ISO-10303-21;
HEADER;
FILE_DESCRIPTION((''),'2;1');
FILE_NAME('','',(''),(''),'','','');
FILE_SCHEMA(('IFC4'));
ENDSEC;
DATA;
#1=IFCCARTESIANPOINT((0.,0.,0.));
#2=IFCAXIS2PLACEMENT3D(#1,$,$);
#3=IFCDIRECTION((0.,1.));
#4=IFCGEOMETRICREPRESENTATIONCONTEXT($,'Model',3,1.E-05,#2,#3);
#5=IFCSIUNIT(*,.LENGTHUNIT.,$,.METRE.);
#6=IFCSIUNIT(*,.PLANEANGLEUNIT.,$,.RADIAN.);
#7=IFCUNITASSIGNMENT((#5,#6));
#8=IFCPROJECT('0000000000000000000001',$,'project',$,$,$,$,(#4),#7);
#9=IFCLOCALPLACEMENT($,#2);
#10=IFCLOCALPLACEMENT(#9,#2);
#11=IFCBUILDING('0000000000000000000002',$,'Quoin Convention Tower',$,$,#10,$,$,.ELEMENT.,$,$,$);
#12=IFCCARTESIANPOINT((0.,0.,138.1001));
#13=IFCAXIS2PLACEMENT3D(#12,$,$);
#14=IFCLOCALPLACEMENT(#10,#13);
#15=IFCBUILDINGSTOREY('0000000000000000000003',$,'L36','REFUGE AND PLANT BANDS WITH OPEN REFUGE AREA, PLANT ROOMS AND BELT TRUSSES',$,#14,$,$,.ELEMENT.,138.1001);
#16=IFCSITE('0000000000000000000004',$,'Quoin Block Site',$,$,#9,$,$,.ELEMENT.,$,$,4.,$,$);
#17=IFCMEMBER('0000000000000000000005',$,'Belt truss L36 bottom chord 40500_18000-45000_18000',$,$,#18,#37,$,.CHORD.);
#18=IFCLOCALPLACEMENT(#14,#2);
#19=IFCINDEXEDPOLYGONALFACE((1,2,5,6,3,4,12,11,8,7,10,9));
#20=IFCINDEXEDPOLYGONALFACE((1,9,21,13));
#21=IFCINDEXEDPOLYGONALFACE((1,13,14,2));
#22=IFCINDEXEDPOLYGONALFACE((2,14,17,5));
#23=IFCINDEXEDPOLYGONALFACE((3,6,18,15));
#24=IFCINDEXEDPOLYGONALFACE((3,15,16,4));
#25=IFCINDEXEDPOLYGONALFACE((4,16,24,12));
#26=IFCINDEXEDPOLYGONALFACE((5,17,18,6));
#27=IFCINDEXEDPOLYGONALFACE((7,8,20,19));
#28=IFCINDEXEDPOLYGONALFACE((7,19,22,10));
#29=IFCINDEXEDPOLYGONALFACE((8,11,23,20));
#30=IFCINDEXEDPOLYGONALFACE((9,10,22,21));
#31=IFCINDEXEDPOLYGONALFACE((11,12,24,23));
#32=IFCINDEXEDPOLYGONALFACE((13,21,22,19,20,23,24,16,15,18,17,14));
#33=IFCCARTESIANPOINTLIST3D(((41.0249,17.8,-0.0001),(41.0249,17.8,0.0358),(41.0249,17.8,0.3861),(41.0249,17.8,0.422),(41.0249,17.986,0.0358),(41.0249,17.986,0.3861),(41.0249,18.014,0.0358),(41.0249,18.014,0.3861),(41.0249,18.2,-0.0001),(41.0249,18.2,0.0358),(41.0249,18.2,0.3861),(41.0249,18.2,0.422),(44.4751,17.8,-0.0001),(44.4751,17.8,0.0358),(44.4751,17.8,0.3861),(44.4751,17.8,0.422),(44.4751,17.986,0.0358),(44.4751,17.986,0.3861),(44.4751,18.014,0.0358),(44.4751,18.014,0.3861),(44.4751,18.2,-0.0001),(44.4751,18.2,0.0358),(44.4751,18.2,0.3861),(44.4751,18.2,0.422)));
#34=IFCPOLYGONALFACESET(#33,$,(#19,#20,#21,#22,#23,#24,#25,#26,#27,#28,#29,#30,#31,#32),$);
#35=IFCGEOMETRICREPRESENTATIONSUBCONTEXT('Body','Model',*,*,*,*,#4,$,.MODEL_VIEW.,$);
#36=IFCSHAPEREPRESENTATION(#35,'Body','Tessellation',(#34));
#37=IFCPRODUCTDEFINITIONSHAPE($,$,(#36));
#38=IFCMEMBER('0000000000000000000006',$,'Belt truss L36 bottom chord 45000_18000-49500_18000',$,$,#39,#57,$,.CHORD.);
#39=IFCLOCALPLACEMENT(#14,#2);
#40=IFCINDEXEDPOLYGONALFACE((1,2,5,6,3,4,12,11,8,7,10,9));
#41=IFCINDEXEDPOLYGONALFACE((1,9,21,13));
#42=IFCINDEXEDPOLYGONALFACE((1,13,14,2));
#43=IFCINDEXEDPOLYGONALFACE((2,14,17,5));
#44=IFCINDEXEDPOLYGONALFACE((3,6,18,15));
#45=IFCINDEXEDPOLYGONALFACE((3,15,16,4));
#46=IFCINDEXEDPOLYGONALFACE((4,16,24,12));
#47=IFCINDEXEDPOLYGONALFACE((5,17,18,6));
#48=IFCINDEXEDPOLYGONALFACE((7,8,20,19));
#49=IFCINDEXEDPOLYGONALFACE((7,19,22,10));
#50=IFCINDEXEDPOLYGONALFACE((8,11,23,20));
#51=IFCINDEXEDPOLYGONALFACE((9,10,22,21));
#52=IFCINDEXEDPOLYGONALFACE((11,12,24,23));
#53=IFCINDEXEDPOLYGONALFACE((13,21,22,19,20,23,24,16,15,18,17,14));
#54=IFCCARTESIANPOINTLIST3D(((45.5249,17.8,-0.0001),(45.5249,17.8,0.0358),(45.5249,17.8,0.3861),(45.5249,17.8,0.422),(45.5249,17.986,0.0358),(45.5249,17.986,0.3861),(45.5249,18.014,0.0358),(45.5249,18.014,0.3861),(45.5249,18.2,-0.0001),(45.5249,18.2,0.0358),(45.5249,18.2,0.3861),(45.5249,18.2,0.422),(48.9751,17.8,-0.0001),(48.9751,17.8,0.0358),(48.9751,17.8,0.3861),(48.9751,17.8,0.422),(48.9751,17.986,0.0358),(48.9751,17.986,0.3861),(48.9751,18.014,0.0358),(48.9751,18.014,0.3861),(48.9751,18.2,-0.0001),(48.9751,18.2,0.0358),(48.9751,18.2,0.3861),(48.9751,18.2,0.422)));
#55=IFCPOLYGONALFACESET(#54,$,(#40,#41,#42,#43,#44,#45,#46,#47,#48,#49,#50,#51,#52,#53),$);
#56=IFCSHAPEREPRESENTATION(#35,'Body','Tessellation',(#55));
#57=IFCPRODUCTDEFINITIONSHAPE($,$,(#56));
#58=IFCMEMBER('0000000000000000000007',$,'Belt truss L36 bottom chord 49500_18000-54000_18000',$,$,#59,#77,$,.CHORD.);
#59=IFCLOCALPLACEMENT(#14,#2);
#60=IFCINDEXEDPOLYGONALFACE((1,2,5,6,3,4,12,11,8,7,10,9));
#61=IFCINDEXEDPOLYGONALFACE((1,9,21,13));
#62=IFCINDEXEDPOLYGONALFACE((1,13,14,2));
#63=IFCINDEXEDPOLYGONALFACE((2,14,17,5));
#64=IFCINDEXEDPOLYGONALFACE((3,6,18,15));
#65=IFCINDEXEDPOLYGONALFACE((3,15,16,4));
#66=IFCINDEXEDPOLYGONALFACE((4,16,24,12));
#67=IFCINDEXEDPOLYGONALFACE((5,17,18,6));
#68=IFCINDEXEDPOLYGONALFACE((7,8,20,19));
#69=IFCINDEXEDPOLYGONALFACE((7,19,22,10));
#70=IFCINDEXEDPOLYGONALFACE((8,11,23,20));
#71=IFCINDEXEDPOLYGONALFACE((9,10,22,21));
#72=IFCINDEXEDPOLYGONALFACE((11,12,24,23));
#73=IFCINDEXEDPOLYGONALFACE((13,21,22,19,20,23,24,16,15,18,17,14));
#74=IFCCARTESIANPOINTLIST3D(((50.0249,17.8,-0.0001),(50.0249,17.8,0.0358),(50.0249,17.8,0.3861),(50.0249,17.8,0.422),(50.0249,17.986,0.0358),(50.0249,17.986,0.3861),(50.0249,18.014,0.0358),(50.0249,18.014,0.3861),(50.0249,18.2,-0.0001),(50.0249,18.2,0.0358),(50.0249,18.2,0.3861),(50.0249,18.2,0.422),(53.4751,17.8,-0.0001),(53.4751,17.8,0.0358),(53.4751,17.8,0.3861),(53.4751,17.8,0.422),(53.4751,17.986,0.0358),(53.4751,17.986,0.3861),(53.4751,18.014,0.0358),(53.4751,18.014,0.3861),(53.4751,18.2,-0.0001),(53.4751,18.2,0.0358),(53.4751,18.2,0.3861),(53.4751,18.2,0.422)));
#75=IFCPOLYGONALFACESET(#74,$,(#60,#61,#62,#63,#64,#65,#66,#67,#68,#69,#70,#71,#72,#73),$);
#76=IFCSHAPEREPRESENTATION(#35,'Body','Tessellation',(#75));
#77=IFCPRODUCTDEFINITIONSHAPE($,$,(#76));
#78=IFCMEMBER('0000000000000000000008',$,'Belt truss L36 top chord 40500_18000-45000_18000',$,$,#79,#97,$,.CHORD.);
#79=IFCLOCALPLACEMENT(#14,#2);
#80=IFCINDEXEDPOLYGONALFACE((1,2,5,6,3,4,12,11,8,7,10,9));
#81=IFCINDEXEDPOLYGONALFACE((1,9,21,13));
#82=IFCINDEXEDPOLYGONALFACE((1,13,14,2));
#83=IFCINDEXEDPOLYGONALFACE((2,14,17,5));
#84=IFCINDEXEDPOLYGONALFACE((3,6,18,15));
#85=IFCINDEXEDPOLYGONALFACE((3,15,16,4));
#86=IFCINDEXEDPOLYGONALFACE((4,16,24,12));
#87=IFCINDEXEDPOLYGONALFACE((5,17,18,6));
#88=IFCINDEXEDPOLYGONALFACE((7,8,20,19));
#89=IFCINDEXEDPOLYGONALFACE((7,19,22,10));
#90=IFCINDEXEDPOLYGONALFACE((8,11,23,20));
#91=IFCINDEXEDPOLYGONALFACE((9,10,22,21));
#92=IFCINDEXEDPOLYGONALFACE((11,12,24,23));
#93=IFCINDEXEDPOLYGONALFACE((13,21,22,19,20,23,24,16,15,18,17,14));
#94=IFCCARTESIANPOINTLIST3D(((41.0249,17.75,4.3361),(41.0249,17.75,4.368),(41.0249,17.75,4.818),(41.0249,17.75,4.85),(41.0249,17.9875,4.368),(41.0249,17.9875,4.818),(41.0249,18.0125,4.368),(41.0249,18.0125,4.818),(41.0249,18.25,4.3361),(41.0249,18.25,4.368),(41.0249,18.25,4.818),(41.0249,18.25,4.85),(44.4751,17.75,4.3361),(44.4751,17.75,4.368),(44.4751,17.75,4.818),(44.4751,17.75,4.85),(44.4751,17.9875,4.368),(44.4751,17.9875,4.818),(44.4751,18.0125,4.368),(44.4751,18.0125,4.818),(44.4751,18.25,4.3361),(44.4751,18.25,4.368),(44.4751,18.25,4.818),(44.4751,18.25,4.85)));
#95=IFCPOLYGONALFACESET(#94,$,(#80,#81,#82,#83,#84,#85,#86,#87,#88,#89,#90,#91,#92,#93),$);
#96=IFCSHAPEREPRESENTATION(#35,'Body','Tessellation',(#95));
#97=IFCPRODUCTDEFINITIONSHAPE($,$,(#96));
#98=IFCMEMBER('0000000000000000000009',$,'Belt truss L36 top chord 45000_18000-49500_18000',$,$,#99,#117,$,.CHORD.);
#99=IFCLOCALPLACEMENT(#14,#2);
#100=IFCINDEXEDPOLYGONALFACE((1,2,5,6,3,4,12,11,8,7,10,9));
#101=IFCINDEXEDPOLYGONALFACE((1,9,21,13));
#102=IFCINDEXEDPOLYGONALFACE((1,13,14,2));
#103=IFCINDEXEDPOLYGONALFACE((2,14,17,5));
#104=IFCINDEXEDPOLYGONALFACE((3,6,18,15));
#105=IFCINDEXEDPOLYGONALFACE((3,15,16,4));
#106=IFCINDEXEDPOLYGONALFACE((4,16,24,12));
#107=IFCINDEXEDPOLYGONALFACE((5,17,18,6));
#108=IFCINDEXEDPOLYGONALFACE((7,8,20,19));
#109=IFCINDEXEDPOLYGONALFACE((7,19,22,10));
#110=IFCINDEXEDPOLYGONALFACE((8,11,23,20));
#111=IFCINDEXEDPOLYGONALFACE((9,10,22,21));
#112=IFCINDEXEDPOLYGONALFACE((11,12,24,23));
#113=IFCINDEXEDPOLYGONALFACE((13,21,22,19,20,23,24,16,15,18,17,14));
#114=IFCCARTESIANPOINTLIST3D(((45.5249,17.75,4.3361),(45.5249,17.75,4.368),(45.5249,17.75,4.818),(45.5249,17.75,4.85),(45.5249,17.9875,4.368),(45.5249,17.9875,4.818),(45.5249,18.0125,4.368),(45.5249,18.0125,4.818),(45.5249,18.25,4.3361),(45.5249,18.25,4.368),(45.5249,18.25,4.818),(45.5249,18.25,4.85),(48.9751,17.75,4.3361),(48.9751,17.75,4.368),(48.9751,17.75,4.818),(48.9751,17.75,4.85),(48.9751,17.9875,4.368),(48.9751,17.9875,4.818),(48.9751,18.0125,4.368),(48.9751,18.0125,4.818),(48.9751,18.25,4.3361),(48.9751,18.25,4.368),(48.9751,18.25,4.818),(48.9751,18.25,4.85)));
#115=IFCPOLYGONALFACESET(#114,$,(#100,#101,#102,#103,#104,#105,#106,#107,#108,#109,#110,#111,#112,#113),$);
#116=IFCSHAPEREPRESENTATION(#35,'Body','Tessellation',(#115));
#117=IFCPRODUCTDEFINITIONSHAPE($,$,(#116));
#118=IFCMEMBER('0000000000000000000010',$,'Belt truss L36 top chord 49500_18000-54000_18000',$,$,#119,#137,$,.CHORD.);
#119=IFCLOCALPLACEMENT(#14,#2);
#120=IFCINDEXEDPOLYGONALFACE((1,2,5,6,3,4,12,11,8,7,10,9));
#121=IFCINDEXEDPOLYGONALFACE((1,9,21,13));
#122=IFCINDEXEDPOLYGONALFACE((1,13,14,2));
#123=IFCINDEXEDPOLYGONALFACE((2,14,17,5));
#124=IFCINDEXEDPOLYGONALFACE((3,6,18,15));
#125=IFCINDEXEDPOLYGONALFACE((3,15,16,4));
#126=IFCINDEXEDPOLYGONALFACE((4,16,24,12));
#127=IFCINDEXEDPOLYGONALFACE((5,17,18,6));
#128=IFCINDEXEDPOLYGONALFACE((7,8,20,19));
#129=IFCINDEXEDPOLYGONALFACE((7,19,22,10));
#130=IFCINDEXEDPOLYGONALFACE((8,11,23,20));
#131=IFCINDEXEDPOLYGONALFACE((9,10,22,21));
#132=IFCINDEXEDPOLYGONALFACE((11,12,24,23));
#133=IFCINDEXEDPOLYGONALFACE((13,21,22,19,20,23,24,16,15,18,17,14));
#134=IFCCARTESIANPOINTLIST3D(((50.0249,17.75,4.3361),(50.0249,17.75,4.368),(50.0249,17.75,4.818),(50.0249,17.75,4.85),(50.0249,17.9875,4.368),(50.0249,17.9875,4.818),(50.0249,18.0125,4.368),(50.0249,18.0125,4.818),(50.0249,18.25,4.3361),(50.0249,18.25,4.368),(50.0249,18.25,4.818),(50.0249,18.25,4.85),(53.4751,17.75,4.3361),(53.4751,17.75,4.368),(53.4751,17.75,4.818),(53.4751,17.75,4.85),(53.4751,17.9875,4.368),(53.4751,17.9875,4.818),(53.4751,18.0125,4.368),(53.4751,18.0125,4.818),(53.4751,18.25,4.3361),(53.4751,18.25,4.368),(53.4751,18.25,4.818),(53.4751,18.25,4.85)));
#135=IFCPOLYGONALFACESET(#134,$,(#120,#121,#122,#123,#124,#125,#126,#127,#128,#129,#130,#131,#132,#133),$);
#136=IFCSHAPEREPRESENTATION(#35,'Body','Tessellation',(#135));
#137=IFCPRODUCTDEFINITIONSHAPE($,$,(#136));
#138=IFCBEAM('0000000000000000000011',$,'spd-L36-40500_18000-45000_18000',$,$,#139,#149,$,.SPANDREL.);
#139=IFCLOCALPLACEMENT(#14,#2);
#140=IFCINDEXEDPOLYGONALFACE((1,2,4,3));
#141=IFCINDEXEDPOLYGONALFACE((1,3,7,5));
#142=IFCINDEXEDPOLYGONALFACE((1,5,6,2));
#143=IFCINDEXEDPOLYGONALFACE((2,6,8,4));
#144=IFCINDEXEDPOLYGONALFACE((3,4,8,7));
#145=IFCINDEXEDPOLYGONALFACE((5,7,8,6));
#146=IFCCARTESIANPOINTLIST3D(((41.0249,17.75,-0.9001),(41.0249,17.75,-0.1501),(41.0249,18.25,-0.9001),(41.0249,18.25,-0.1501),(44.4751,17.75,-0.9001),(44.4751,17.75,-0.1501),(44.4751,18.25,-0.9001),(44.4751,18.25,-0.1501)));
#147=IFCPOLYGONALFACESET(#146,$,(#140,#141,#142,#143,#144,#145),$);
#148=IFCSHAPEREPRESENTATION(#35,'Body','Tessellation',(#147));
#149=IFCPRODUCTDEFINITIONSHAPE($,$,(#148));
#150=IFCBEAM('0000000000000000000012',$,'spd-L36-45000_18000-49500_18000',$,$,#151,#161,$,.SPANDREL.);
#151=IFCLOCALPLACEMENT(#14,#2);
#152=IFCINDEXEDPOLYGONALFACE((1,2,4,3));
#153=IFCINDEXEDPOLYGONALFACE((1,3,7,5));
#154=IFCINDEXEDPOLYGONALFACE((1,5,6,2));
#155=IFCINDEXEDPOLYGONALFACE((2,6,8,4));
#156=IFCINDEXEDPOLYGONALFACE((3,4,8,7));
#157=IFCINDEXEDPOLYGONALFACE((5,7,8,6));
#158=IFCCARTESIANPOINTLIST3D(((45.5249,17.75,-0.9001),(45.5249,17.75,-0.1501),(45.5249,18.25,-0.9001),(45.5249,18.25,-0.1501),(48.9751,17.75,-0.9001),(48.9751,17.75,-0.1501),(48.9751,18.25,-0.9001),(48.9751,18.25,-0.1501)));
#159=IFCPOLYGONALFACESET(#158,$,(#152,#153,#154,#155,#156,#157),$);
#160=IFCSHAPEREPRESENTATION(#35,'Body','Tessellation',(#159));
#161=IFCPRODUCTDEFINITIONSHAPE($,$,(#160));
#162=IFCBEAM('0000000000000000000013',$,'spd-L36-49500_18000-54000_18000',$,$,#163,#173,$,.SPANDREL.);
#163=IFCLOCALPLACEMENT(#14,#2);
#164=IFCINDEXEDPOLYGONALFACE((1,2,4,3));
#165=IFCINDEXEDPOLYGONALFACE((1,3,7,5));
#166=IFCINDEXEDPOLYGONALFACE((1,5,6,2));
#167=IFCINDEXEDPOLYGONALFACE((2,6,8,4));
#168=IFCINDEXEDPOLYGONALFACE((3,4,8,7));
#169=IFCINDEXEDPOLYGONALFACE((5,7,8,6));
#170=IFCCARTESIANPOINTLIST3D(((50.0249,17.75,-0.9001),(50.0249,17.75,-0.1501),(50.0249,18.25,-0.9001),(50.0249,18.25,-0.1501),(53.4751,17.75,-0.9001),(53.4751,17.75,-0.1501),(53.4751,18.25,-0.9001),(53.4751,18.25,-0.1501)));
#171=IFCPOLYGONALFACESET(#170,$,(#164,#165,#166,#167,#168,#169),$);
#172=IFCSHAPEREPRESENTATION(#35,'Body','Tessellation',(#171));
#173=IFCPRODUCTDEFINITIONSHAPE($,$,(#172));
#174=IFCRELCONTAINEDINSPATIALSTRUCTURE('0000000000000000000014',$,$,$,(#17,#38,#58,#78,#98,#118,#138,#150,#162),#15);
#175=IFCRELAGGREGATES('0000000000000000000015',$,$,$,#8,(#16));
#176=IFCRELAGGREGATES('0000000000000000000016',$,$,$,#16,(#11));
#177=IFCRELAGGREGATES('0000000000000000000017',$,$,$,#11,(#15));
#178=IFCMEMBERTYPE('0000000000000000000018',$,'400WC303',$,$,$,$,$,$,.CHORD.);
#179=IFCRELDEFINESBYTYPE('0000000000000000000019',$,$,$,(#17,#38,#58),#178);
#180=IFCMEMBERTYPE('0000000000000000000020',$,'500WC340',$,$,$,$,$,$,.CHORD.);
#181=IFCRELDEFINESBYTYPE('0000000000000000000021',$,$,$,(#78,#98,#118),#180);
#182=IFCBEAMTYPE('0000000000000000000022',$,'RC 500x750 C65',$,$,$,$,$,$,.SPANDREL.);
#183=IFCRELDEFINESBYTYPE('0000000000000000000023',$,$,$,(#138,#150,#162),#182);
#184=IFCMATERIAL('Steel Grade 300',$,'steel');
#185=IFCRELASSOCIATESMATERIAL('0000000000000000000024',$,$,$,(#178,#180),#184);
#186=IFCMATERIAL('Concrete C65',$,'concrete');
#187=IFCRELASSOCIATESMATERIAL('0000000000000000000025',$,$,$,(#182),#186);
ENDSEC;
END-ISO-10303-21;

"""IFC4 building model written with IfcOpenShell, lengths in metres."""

from ifc_helpers import new_model, si_unit, direction, frame, origin, origin_2d, place, context, subcontext, project, spatial, rectangle, i_section, extrude, material, material_profile, profile_set, type_object, element, save


model = new_model("IFC4")

# Units and contexts
model_context = context("Model", 3, precision=1e-05, world=origin(), true_north=direction((0.0, 1.0)))
body_context = subcontext(model_context, "Body", "Model", "MODEL_VIEW")
ifc_project = project(units=[si_unit("LENGTHUNIT", "METRE"), si_unit("PLANEANGLEUNIT", "RADIAN")], contexts=[model_context])

# Site, building, storey
site_placement = place(None, origin())
site = spatial("IfcSite", under=ifc_project, at=site_placement, Name="Quoin Block Site", CompositionType="ELEMENT", RefElevation=4.0)
building_placement = place(site_placement, origin())
building = spatial("IfcBuilding", under=site, at=building_placement, Name="Quoin Convention Tower", CompositionType="ELEMENT")
storey_placement = place(building_placement, frame((0.0, 0.0, 138.1001)))
storey = spatial("IfcBuildingStorey", under=building, at=storey_placement, Name="L36", Description="REFUGE AND PLANT BANDS WITH OPEN REFUGE AREA, PLANT ROOMS AND BELT TRUSSES", CompositionType="ELEMENT", Elevation=138.1001)

# Shared definitions
ifc_material_1 = material(Name="Concrete C65", Category="concrete")

# Members
ifc_material_2 = material(Name="Steel Grade 300", Category="steel")
ifc_material_profile_1 = material_profile(ifc_material_2, i_section(OverallWidth=0.3999, OverallDepth=0.4221, WebThickness=0.0281, FlangeThickness=0.0359, at=origin_2d()), Name="400WC303")
ifc_profile_set_1 = profile_set([ifc_material_profile_1], Name="Steel Grade 300")
member_type_1 = type_object("IfcMemberType", Name="400WC303", PredefinedType="CHORD", material=ifc_profile_set_1)
for number, where, z_axis, x_axis, name in (
    (1, (41.0249, 18.0, 0.2109), (1.0, 0.0, 0.0), (0.0, 1.0, 0.0), "Belt truss L36 bottom chord 40500_18000-45000_18000"),
    (2, (45.5249, 18.0, 0.2109), (1.0, 0.0, 0.0), (0.0, 1.0, 0.0), "Belt truss L36 bottom chord 45000_18000-49500_18000"),
    (3, (50.0249, 18.0, 0.2109), (1.0, 0.0, 0.0), (0.0, 1.0, 0.0), "Belt truss L36 bottom chord 49500_18000-54000_18000"),
):
    element("IfcMember", number, at=place(storey_placement, frame(where, z_axis=z_axis, x_axis=x_axis)), inside=storey, type_object=member_type_1, Name=name, PredefinedType="CHORD", context=body_context, shape_type="SweptSolid", body=[
        extrude(i_section(OverallWidth=0.3999, OverallDepth=0.4221, WebThickness=0.0281, FlangeThickness=0.0359, at=origin_2d()), origin(), (0.0, 0.0, 1.0), 3.4502),
    ])
ifc_material_profile_2 = material_profile(ifc_material_2, i_section(OverallWidth=0.5, OverallDepth=0.5139, WebThickness=0.0249, FlangeThickness=0.032, at=origin_2d()), Name="500WC340")
ifc_profile_set_2 = profile_set([ifc_material_profile_2], Name="Steel Grade 300")
member_type_2 = type_object("IfcMemberType", Name="500WC340", PredefinedType="CHORD", material=ifc_profile_set_2)
for number, where, z_axis, x_axis, name in (
    (4, (41.0249, 18.0, 4.593), (1.0, 0.0, 0.0), (0.0, 1.0, 0.0), "Belt truss L36 top chord 40500_18000-45000_18000"),
    (5, (45.5249, 18.0, 4.593), (1.0, 0.0, 0.0), (0.0, 1.0, 0.0), "Belt truss L36 top chord 45000_18000-49500_18000"),
    (6, (50.0249, 18.0, 4.593), (1.0, 0.0, 0.0), (0.0, 1.0, 0.0), "Belt truss L36 top chord 49500_18000-54000_18000"),
):
    element("IfcMember", number, at=place(storey_placement, frame(where, z_axis=z_axis, x_axis=x_axis)), inside=storey, type_object=member_type_2, Name=name, PredefinedType="CHORD", context=body_context, shape_type="SweptSolid", body=[
        extrude(i_section(OverallWidth=0.5, OverallDepth=0.5139, WebThickness=0.0249, FlangeThickness=0.032, at=origin_2d()), origin(), (0.0, 0.0, 1.0), 3.4502),
    ])

# Beams
ifc_material_profile_3 = material_profile(ifc_material_1, rectangle(XDim=0.5, YDim=0.75, at=origin_2d()), Name="RC 500x750")
ifc_profile_set_3 = profile_set([ifc_material_profile_3], Name="Concrete C65")
beam_type_1 = type_object("IfcBeamType", Name="RC 500x750 C65", PredefinedType="SPANDREL", material=ifc_profile_set_3)
for number, where, z_axis, x_axis, name in (
    (7, (41.0249, 18.0, -0.5251), (1.0, 0.0, 0.0), (0.0, 1.0, 0.0), "spd-L36-40500_18000-45000_18000"),
    (8, (45.5249, 18.0, -0.5251), (1.0, 0.0, 0.0), (0.0, 1.0, 0.0), "spd-L36-45000_18000-49500_18000"),
    (9, (50.0249, 18.0, -0.5251), (1.0, 0.0, 0.0), (0.0, 1.0, 0.0), "spd-L36-49500_18000-54000_18000"),
):
    element("IfcBeam", number, at=place(storey_placement, frame(where, z_axis=z_axis, x_axis=x_axis)), inside=storey, type_object=beam_type_1, Name=name, PredefinedType="SPANDREL", context=body_context, shape_type="SweptSolid", body=[
        extrude(rectangle(XDim=0.5, YDim=0.75, at=origin_2d()), origin(), (0.0, 0.0, 1.0), 3.4502),
    ])

save(model, "model.ifc")
